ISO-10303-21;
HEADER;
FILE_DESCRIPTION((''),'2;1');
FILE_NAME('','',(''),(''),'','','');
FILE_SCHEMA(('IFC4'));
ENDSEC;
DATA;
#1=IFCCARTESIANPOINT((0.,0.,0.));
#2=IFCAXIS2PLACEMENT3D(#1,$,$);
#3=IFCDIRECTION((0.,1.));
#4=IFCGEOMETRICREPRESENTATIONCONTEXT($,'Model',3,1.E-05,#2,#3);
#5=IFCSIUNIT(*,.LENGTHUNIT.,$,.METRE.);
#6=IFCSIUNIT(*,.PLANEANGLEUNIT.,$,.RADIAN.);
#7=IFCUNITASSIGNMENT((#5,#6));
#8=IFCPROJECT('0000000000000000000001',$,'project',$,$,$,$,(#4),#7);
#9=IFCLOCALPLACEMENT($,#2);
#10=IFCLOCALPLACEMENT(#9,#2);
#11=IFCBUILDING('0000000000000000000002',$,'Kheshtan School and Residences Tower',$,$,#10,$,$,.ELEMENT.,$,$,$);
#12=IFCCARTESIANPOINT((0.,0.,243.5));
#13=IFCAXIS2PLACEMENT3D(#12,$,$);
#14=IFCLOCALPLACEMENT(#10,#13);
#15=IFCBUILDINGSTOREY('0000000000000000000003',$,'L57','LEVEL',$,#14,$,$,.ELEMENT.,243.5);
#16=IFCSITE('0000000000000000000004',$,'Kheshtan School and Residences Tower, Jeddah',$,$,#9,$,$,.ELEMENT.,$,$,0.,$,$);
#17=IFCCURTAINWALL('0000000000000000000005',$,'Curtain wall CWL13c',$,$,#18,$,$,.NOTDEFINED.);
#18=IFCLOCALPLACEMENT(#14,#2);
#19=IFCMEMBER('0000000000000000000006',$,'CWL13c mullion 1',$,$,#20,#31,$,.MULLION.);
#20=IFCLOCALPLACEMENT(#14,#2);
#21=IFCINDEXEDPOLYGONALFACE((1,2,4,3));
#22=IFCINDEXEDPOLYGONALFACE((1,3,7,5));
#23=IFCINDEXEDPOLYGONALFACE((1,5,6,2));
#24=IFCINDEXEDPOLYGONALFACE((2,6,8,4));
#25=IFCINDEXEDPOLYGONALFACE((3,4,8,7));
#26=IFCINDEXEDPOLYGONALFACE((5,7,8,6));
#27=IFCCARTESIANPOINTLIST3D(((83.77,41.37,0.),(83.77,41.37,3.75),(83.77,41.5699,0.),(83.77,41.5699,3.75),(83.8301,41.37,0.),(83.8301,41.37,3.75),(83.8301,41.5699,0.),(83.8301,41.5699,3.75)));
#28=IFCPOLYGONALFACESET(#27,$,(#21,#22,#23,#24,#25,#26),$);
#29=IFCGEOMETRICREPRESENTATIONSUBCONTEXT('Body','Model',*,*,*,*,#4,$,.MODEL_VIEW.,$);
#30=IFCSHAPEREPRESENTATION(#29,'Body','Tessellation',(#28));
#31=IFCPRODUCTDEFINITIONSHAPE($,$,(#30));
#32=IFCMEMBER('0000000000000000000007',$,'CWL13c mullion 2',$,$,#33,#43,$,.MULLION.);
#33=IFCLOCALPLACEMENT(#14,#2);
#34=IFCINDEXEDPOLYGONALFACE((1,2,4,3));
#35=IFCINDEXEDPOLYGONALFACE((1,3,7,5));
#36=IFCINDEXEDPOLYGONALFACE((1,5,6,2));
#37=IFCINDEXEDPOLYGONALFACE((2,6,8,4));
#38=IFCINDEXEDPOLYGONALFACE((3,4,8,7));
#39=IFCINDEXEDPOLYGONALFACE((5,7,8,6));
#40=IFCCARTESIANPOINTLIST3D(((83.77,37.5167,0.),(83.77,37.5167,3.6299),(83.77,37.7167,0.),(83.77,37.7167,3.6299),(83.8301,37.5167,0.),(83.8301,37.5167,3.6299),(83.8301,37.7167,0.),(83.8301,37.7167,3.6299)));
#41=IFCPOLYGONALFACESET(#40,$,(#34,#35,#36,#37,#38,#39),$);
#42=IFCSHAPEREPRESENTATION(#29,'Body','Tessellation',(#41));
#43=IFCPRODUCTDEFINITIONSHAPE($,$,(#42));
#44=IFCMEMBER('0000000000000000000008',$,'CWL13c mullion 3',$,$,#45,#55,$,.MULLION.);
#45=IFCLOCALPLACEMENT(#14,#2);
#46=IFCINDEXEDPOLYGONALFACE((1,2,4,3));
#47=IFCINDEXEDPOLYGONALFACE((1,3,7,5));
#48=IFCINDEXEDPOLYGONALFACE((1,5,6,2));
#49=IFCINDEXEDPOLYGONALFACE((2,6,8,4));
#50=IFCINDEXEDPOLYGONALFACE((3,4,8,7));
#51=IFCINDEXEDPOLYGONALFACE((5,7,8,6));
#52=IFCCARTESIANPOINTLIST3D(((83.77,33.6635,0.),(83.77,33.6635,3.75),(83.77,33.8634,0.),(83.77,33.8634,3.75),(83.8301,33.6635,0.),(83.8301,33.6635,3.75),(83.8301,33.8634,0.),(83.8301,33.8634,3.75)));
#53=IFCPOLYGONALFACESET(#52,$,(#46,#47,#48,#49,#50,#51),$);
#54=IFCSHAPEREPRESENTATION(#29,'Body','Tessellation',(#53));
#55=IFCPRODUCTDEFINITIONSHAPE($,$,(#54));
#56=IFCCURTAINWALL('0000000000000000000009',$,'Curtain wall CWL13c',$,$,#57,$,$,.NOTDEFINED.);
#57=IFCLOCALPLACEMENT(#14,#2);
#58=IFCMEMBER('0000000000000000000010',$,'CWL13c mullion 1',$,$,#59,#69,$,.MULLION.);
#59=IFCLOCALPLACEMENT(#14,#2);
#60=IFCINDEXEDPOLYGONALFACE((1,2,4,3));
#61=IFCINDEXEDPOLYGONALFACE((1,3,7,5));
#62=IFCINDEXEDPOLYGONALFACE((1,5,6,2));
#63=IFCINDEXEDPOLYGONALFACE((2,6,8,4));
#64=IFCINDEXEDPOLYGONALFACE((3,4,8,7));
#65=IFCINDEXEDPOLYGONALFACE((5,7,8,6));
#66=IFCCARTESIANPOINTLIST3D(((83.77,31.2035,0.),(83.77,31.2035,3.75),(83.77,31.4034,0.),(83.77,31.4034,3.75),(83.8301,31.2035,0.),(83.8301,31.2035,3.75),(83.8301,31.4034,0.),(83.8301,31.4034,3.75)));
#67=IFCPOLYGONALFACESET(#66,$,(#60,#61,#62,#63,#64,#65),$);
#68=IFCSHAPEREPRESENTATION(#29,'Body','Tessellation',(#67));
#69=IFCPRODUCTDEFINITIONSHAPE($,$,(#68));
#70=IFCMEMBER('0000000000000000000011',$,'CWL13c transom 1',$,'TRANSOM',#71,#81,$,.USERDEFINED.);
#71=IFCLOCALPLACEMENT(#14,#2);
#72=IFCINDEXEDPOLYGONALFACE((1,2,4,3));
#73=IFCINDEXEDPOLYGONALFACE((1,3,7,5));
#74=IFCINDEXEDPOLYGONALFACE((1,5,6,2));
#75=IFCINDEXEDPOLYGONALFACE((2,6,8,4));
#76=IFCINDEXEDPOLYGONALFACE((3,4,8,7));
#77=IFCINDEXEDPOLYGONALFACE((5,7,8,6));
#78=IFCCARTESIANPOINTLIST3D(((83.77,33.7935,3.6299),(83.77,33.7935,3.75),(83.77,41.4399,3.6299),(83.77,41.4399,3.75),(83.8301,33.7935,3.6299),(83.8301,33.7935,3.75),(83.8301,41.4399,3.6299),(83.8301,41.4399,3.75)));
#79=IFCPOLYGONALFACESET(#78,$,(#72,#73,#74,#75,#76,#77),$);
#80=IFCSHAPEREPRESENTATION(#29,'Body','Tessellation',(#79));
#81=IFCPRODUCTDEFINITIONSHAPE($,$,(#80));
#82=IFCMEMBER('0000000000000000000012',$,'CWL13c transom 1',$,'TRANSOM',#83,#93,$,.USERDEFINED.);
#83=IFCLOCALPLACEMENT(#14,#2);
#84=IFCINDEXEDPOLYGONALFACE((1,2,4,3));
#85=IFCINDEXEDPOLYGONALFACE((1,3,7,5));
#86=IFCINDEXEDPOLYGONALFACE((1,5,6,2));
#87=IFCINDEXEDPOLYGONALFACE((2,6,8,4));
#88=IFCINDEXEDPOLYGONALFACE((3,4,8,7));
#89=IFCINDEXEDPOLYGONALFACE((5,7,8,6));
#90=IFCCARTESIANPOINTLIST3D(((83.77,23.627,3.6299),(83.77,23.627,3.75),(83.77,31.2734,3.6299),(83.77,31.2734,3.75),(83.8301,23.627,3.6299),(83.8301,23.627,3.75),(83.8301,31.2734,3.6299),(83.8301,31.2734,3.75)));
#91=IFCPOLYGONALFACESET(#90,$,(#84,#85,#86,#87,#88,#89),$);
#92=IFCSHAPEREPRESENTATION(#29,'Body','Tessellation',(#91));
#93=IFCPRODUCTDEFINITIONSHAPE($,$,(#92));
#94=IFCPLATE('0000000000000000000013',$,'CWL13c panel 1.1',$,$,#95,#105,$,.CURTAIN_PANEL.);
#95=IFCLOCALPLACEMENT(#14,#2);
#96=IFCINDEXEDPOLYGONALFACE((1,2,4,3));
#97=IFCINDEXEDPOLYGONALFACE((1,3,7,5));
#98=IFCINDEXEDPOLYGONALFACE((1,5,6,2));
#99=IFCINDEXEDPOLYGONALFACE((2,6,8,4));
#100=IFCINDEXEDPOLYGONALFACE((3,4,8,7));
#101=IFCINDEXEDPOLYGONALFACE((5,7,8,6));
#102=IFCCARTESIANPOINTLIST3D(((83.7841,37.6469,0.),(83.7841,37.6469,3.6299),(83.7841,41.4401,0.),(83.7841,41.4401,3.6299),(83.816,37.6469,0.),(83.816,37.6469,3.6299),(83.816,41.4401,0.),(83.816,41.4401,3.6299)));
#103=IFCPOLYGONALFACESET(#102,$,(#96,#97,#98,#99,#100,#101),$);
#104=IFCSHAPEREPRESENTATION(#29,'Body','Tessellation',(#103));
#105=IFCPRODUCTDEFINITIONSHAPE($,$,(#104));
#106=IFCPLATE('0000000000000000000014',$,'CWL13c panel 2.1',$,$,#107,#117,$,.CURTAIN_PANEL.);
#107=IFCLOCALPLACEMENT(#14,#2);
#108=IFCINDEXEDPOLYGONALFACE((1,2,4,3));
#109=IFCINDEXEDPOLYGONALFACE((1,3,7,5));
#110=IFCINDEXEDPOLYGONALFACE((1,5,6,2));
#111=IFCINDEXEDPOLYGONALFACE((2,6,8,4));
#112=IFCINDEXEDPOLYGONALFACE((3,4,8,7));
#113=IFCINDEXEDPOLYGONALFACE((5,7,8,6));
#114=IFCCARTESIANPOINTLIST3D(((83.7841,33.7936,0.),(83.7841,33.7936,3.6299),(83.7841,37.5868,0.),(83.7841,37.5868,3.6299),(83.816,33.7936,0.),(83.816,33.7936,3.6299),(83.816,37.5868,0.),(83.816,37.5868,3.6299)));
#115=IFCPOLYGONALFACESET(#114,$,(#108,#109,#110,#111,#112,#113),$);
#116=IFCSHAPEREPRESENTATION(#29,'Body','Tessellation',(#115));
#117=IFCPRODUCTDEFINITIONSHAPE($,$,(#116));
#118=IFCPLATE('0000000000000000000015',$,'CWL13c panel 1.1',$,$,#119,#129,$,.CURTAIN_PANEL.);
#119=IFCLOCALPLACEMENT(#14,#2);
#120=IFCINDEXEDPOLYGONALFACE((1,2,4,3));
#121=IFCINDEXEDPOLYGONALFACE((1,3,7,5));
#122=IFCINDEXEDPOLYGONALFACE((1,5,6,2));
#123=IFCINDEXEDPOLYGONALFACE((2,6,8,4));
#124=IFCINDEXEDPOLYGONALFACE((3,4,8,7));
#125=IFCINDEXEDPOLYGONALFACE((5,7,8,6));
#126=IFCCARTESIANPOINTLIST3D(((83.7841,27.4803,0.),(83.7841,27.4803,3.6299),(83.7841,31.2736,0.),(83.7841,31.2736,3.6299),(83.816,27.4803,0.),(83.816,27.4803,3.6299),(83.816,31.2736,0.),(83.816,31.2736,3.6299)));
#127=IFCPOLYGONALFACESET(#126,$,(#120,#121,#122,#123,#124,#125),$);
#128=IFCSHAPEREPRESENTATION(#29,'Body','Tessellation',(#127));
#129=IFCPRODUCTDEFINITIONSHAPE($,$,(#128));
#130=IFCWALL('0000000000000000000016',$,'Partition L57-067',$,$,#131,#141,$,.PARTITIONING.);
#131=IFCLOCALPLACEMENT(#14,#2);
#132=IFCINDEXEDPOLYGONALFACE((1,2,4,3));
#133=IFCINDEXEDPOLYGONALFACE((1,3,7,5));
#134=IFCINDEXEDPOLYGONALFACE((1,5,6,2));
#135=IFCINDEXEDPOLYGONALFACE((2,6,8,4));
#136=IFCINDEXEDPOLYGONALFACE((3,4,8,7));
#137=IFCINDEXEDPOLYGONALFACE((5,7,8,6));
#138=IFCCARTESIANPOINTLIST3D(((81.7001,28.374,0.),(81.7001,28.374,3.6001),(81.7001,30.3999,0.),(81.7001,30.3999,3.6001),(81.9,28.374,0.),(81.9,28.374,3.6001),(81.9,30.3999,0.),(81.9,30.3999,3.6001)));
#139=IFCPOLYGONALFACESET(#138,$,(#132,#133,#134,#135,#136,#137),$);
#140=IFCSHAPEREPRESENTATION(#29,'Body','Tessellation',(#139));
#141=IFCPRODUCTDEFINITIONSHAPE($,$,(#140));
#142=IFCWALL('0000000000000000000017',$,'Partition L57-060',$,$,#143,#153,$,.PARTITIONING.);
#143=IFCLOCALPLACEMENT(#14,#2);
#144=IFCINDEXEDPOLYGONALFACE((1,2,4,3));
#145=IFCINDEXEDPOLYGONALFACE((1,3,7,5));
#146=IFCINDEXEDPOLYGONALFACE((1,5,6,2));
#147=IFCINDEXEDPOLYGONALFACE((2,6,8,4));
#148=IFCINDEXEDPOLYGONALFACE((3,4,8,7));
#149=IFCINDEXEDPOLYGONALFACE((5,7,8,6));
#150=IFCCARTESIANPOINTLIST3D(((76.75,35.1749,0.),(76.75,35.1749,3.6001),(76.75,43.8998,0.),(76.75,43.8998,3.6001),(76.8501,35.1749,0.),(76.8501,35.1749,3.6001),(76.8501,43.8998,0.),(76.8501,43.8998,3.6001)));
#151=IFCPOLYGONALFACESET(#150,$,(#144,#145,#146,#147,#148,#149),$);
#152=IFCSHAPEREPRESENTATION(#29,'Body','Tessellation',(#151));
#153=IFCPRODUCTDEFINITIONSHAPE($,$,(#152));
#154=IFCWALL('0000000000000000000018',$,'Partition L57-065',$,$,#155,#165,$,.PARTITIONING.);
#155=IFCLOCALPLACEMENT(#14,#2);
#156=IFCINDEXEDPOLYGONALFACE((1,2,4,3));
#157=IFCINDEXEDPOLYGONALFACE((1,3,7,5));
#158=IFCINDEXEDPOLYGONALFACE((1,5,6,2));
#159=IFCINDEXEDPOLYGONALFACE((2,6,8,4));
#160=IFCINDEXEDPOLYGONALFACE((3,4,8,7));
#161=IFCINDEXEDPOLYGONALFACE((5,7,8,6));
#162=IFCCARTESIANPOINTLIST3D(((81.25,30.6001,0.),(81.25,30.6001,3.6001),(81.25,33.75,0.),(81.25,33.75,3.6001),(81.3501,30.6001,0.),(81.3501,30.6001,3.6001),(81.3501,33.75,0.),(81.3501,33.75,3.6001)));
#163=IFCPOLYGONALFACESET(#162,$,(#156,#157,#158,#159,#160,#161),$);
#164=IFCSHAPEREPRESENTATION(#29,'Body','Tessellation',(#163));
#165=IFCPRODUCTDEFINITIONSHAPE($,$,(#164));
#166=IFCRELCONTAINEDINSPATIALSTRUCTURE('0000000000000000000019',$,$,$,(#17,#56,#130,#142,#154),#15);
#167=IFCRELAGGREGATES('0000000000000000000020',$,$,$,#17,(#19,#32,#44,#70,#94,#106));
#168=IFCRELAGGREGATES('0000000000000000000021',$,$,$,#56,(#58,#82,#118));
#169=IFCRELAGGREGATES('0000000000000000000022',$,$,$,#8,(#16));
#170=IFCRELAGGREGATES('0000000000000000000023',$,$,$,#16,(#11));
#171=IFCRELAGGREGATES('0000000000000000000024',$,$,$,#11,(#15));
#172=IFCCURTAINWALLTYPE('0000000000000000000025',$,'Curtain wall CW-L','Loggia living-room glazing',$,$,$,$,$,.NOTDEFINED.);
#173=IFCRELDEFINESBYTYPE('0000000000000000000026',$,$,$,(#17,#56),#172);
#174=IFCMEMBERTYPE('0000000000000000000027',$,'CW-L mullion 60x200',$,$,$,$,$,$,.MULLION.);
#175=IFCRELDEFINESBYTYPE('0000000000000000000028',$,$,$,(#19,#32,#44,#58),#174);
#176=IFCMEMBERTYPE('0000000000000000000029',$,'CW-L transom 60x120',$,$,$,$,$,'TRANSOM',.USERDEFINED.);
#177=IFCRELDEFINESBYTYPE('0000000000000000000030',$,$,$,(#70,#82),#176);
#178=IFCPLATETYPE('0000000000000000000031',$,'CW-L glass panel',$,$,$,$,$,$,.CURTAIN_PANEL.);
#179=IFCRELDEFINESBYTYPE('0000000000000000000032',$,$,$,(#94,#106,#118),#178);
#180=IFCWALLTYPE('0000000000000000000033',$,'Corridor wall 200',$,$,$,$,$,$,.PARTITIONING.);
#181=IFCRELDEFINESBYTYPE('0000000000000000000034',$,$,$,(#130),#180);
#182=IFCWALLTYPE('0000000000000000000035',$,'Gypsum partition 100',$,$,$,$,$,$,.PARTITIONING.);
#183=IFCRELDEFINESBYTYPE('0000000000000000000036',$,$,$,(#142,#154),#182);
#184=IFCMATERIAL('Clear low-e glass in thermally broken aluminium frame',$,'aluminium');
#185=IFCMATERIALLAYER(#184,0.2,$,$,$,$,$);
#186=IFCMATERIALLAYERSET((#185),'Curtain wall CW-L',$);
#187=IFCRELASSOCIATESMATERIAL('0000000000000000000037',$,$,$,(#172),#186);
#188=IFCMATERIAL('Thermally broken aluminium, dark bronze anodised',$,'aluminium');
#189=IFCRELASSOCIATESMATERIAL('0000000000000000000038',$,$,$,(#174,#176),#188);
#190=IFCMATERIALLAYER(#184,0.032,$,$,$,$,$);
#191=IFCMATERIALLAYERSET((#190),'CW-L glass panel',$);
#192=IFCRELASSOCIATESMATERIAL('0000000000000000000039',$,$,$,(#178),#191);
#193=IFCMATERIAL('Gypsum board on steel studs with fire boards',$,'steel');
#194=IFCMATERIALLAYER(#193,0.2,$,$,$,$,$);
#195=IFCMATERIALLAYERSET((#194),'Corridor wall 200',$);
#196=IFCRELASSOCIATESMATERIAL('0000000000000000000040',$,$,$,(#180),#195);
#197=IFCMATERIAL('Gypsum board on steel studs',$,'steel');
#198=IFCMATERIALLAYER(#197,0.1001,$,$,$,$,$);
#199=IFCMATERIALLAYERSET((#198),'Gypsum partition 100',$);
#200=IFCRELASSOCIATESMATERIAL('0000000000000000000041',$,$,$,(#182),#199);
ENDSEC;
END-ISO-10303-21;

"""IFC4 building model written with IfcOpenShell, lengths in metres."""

from ifc_helpers import new_model, si_unit, direction, frame, frame_2d, origin, origin_2d, place, context, subcontext, project, spatial, rectangle, extrude, material, layer, layer_set, material_profile, profile_set, type_object, element, aggregate, save


model = new_model("IFC4")

# Units and contexts
model_context = context("Model", 3, precision=1e-05, world=origin(), true_north=direction((0.0, 1.0)))
body_context = subcontext(model_context, "Body", "Model", "MODEL_VIEW")
ifc_project = project(units=[si_unit("LENGTHUNIT", "METRE"), si_unit("PLANEANGLEUNIT", "RADIAN")], contexts=[model_context])

# Site, building, storey
site_placement = place(None, origin())
site = spatial("IfcSite", under=ifc_project, at=site_placement, Name="Kheshtan School and Residences Tower, Jeddah", CompositionType="ELEMENT", RefElevation=0.0)
building_placement = place(site_placement, origin())
building = spatial("IfcBuilding", under=site, at=building_placement, Name="Kheshtan School and Residences Tower", CompositionType="ELEMENT")
storey_placement = place(building_placement, frame((0.0, 0.0, 243.5)))
storey = spatial("IfcBuildingStorey", under=building, at=storey_placement, Name="L57", Description="LEVEL", CompositionType="ELEMENT", Elevation=243.5)

# Curtain wall, members
ifc_material_1 = material(Name="Clear low-e glass in thermally broken aluminium frame", Category="aluminium")
ifc_layer_1 = layer(ifc_material_1, 0.2)
ifc_layer_set_1 = layer_set([ifc_layer_1], Name="Curtain wall CW-L")
curtain_wall_type = type_object("IfcCurtainWallType", Name="Curtain wall CW-L", Description="Loggia living-room glazing", PredefinedType="NOTDEFINED", material=ifc_layer_set_1)
curtain_wall_1_placement = place(storey_placement, origin())
curtain_wall_1 = element("IfcCurtainWall", 1, at=curtain_wall_1_placement, inside=storey, type_object=curtain_wall_type, Name="Curtain wall CWL13c", PredefinedType="NOTDEFINED")
ifc_material_2 = material(Name="Thermally broken aluminium, dark bronze anodised", Category="aluminium")
ifc_material_profile_1 = material_profile(ifc_material_2, rectangle(XDim=0.0601, YDim=0.2, at=origin_2d()), Name="CW-L mullion 60x200")
ifc_profile_set_1 = profile_set([ifc_material_profile_1], Name="Thermally broken aluminium, dark bronze anodised")
member_type_1 = type_object("IfcMemberType", Name="CW-L mullion 60x200", PredefinedType="MULLION", material=ifc_profile_set_1)
member_1_placement = place(storey_placement, frame((83.8, 41.47, 0.0), z_axis=(0.0, 0.0, 1.0), x_axis=(1.0, 0.0, 0.0)))
member_1 = element("IfcMember", 2, at=member_1_placement, type_object=member_type_1, Name="CWL13c mullion 1", PredefinedType="MULLION", context=body_context, shape_type="SweptSolid", body=[
    extrude(rectangle(XDim=0.0601, YDim=0.2, at=origin_2d()), origin(), (0.0, 0.0, 1.0), 3.75),
])
member_2_placement = place(storey_placement, frame((83.8, 37.6167, 0.0), z_axis=(0.0, 0.0, 1.0), x_axis=(1.0, 0.0, 0.0)))
member_2 = element("IfcMember", 3, at=member_2_placement, type_object=member_type_1, Name="CWL13c mullion 2", PredefinedType="MULLION", context=body_context, shape_type="SweptSolid", body=[
    extrude(rectangle(XDim=0.0601, YDim=0.2, at=origin_2d()), origin(), (0.0, 0.0, 1.0), 3.6299),
])
member_3_placement = place(storey_placement, frame((83.8, 33.7634, 0.0), z_axis=(0.0, 0.0, 1.0), x_axis=(1.0, 0.0, 0.0)))
member_3 = element("IfcMember", 4, at=member_3_placement, type_object=member_type_1, Name="CWL13c mullion 3", PredefinedType="MULLION", context=body_context, shape_type="SweptSolid", body=[
    extrude(rectangle(XDim=0.0601, YDim=0.2, at=origin_2d()), origin(), (0.0, 0.0, 1.0), 3.75),
])

# Curtain wall, member
curtain_wall_2_placement = place(storey_placement, origin())
curtain_wall_2 = element("IfcCurtainWall", 5, at=curtain_wall_2_placement, inside=storey, type_object=curtain_wall_type, Name="Curtain wall CWL13c", PredefinedType="NOTDEFINED")
member_4_placement = place(storey_placement, frame((83.8, 31.3035, 0.0), z_axis=(0.0, 0.0, 1.0), x_axis=(1.0, 0.0, 0.0)))
member_4 = element("IfcMember", 6, at=member_4_placement, type_object=member_type_1, Name="CWL13c mullion 1", PredefinedType="MULLION", context=body_context, shape_type="SweptSolid", body=[
    extrude(rectangle(XDim=0.0601, YDim=0.2, at=origin_2d()), origin(), (0.0, 0.0, 1.0), 3.75),
])

# Members
ifc_material_profile_2 = material_profile(ifc_material_2, rectangle(XDim=0.0601, YDim=0.1201, at=origin_2d()), Name="CW-L transom 60x120")
ifc_profile_set_2 = profile_set([ifc_material_profile_2], Name="Thermally broken aluminium, dark bronze anodised")
member_type_2 = type_object("IfcMemberType", Name="CW-L transom 60x120", ElementType="TRANSOM", PredefinedType="USERDEFINED", material=ifc_profile_set_2)
member_5_placement = place(storey_placement, frame((83.8, 41.4399, 3.6899), z_axis=(0.0, -1.0, 0.0), x_axis=(1.0, 0.0, 0.0)))
member_5 = element("IfcMember", 7, at=member_5_placement, type_object=member_type_2, Name="CWL13c transom 1", ObjectType="TRANSOM", PredefinedType="USERDEFINED", context=body_context, shape_type="SweptSolid", body=[
    extrude(rectangle(XDim=0.0601, YDim=0.1201, at=origin_2d()), origin(), (0.0, 0.0, 1.0), 7.6465),
])
member_6_placement = place(storey_placement, frame((83.8, 31.2734, 3.6899), z_axis=(0.0, -1.0, 0.0), x_axis=(1.0, 0.0, 0.0)))
member_6 = element("IfcMember", 8, at=member_6_placement, type_object=member_type_2, Name="CWL13c transom 1", ObjectType="TRANSOM", PredefinedType="USERDEFINED", context=body_context, shape_type="SweptSolid", body=[
    extrude(rectangle(XDim=0.0601, YDim=0.1201, at=origin_2d()), origin(), (0.0, 0.0, 1.0), 7.6465),
])

# Plates
ifc_layer_2 = layer(ifc_material_1, 0.032)
ifc_layer_set_2 = layer_set([ifc_layer_2], Name="CW-L glass panel")
plate_type = type_object("IfcPlateType", Name="CW-L glass panel", PredefinedType="CURTAIN_PANEL", material=ifc_layer_set_2)
plate_1_placement = place(storey_placement, frame((83.8, 39.5435, 0.0), z_axis=(0.0, 0.0, 1.0), x_axis=(0.0, -1.0, 0.0)))
plate_1 = element("IfcPlate", 9, at=plate_1_placement, type_object=plate_type, Name="CWL13c panel 1.1", PredefinedType="CURTAIN_PANEL", context=body_context, shape_type="SweptSolid", body=[
    extrude(rectangle(XDim=3.7932, YDim=0.032, at=origin_2d()), origin(), (0.0, 0.0, 1.0), 3.6299),
])
plate_2_placement = place(storey_placement, frame((83.8, 35.6902, 0.0), z_axis=(0.0, 0.0, 1.0), x_axis=(0.0, -1.0, 0.0)))
plate_2 = element("IfcPlate", 10, at=plate_2_placement, type_object=plate_type, Name="CWL13c panel 2.1", PredefinedType="CURTAIN_PANEL", context=body_context, shape_type="SweptSolid", body=[
    extrude(rectangle(XDim=3.7932, YDim=0.032, at=origin_2d()), origin(), (0.0, 0.0, 1.0), 3.6299),
])
aggregate(curtain_wall_1, [member_1, member_2, member_3, member_5, plate_1, plate_2])
plate_3_placement = place(storey_placement, frame((83.8, 29.377, 0.0), z_axis=(0.0, 0.0, 1.0), x_axis=(0.0, -1.0, 0.0)))
plate_3 = element("IfcPlate", 11, at=plate_3_placement, type_object=plate_type, Name="CWL13c panel 1.1", PredefinedType="CURTAIN_PANEL", context=body_context, shape_type="SweptSolid", body=[
    extrude(rectangle(XDim=3.7932, YDim=0.032, at=origin_2d()), origin(), (0.0, 0.0, 1.0), 3.6299),
])
aggregate(curtain_wall_2, [member_4, member_6, plate_3])

# Wall
ifc_material_3 = material(Name="Gypsum board on steel studs with fire boards", Category="steel")
ifc_layer_3 = layer(ifc_material_3, 0.2)
ifc_layer_set_3 = layer_set([ifc_layer_3], Name="Corridor wall 200")
wall_type_1 = type_object("IfcWallType", Name="Corridor wall 200", PredefinedType="PARTITIONING", material=ifc_layer_set_3)
wall_1_placement = place(storey_placement, frame((81.8, 28.374, 0.0), z_axis=(0.0, 0.0, 1.0), x_axis=(0.0, 1.0, 0.0)))
element("IfcWall", 12, at=wall_1_placement, inside=storey, type_object=wall_type_1, Name="Partition L57-067", PredefinedType="PARTITIONING", context=body_context, shape_type="SweptSolid", body=[
    extrude(rectangle(XDim=2.0259, YDim=0.2, at=frame_2d((1.0129, 0.0))), origin(), (0.0, 0.0, 1.0), 3.6001),
])

# Walls
ifc_material_4 = material(Name="Gypsum board on steel studs", Category="steel")
ifc_layer_4 = layer(ifc_material_4, 0.1001)
ifc_layer_set_4 = layer_set([ifc_layer_4], Name="Gypsum partition 100")
wall_type_2 = type_object("IfcWallType", Name="Gypsum partition 100", PredefinedType="PARTITIONING", material=ifc_layer_set_4)
wall_2_placement = place(storey_placement, frame((76.8, 35.175, 0.0), z_axis=(0.0, 0.0, 1.0), x_axis=(0.0, 1.0, 0.0)))
element("IfcWall", 13, at=wall_2_placement, inside=storey, type_object=wall_type_2, Name="Partition L57-060", PredefinedType="PARTITIONING", context=body_context, shape_type="SweptSolid", body=[
    extrude(rectangle(XDim=8.7249, YDim=0.1001, at=frame_2d((4.3623, 0.0))), origin(), (0.0, 0.0, 1.0), 3.6001),
])
wall_3_placement = place(storey_placement, frame((81.3, 30.6001, 0.0), z_axis=(0.0, 0.0, 1.0), x_axis=(0.0, 1.0, 0.0)))
element("IfcWall", 14, at=wall_3_placement, inside=storey, type_object=wall_type_2, Name="Partition L57-065", PredefinedType="PARTITIONING", context=body_context, shape_type="SweptSolid", body=[
    extrude(rectangle(XDim=3.1499, YDim=0.1001, at=frame_2d((1.575, 0.0))), origin(), (0.0, 0.0, 1.0), 3.6001),
])

save(model, "model.ifc")
